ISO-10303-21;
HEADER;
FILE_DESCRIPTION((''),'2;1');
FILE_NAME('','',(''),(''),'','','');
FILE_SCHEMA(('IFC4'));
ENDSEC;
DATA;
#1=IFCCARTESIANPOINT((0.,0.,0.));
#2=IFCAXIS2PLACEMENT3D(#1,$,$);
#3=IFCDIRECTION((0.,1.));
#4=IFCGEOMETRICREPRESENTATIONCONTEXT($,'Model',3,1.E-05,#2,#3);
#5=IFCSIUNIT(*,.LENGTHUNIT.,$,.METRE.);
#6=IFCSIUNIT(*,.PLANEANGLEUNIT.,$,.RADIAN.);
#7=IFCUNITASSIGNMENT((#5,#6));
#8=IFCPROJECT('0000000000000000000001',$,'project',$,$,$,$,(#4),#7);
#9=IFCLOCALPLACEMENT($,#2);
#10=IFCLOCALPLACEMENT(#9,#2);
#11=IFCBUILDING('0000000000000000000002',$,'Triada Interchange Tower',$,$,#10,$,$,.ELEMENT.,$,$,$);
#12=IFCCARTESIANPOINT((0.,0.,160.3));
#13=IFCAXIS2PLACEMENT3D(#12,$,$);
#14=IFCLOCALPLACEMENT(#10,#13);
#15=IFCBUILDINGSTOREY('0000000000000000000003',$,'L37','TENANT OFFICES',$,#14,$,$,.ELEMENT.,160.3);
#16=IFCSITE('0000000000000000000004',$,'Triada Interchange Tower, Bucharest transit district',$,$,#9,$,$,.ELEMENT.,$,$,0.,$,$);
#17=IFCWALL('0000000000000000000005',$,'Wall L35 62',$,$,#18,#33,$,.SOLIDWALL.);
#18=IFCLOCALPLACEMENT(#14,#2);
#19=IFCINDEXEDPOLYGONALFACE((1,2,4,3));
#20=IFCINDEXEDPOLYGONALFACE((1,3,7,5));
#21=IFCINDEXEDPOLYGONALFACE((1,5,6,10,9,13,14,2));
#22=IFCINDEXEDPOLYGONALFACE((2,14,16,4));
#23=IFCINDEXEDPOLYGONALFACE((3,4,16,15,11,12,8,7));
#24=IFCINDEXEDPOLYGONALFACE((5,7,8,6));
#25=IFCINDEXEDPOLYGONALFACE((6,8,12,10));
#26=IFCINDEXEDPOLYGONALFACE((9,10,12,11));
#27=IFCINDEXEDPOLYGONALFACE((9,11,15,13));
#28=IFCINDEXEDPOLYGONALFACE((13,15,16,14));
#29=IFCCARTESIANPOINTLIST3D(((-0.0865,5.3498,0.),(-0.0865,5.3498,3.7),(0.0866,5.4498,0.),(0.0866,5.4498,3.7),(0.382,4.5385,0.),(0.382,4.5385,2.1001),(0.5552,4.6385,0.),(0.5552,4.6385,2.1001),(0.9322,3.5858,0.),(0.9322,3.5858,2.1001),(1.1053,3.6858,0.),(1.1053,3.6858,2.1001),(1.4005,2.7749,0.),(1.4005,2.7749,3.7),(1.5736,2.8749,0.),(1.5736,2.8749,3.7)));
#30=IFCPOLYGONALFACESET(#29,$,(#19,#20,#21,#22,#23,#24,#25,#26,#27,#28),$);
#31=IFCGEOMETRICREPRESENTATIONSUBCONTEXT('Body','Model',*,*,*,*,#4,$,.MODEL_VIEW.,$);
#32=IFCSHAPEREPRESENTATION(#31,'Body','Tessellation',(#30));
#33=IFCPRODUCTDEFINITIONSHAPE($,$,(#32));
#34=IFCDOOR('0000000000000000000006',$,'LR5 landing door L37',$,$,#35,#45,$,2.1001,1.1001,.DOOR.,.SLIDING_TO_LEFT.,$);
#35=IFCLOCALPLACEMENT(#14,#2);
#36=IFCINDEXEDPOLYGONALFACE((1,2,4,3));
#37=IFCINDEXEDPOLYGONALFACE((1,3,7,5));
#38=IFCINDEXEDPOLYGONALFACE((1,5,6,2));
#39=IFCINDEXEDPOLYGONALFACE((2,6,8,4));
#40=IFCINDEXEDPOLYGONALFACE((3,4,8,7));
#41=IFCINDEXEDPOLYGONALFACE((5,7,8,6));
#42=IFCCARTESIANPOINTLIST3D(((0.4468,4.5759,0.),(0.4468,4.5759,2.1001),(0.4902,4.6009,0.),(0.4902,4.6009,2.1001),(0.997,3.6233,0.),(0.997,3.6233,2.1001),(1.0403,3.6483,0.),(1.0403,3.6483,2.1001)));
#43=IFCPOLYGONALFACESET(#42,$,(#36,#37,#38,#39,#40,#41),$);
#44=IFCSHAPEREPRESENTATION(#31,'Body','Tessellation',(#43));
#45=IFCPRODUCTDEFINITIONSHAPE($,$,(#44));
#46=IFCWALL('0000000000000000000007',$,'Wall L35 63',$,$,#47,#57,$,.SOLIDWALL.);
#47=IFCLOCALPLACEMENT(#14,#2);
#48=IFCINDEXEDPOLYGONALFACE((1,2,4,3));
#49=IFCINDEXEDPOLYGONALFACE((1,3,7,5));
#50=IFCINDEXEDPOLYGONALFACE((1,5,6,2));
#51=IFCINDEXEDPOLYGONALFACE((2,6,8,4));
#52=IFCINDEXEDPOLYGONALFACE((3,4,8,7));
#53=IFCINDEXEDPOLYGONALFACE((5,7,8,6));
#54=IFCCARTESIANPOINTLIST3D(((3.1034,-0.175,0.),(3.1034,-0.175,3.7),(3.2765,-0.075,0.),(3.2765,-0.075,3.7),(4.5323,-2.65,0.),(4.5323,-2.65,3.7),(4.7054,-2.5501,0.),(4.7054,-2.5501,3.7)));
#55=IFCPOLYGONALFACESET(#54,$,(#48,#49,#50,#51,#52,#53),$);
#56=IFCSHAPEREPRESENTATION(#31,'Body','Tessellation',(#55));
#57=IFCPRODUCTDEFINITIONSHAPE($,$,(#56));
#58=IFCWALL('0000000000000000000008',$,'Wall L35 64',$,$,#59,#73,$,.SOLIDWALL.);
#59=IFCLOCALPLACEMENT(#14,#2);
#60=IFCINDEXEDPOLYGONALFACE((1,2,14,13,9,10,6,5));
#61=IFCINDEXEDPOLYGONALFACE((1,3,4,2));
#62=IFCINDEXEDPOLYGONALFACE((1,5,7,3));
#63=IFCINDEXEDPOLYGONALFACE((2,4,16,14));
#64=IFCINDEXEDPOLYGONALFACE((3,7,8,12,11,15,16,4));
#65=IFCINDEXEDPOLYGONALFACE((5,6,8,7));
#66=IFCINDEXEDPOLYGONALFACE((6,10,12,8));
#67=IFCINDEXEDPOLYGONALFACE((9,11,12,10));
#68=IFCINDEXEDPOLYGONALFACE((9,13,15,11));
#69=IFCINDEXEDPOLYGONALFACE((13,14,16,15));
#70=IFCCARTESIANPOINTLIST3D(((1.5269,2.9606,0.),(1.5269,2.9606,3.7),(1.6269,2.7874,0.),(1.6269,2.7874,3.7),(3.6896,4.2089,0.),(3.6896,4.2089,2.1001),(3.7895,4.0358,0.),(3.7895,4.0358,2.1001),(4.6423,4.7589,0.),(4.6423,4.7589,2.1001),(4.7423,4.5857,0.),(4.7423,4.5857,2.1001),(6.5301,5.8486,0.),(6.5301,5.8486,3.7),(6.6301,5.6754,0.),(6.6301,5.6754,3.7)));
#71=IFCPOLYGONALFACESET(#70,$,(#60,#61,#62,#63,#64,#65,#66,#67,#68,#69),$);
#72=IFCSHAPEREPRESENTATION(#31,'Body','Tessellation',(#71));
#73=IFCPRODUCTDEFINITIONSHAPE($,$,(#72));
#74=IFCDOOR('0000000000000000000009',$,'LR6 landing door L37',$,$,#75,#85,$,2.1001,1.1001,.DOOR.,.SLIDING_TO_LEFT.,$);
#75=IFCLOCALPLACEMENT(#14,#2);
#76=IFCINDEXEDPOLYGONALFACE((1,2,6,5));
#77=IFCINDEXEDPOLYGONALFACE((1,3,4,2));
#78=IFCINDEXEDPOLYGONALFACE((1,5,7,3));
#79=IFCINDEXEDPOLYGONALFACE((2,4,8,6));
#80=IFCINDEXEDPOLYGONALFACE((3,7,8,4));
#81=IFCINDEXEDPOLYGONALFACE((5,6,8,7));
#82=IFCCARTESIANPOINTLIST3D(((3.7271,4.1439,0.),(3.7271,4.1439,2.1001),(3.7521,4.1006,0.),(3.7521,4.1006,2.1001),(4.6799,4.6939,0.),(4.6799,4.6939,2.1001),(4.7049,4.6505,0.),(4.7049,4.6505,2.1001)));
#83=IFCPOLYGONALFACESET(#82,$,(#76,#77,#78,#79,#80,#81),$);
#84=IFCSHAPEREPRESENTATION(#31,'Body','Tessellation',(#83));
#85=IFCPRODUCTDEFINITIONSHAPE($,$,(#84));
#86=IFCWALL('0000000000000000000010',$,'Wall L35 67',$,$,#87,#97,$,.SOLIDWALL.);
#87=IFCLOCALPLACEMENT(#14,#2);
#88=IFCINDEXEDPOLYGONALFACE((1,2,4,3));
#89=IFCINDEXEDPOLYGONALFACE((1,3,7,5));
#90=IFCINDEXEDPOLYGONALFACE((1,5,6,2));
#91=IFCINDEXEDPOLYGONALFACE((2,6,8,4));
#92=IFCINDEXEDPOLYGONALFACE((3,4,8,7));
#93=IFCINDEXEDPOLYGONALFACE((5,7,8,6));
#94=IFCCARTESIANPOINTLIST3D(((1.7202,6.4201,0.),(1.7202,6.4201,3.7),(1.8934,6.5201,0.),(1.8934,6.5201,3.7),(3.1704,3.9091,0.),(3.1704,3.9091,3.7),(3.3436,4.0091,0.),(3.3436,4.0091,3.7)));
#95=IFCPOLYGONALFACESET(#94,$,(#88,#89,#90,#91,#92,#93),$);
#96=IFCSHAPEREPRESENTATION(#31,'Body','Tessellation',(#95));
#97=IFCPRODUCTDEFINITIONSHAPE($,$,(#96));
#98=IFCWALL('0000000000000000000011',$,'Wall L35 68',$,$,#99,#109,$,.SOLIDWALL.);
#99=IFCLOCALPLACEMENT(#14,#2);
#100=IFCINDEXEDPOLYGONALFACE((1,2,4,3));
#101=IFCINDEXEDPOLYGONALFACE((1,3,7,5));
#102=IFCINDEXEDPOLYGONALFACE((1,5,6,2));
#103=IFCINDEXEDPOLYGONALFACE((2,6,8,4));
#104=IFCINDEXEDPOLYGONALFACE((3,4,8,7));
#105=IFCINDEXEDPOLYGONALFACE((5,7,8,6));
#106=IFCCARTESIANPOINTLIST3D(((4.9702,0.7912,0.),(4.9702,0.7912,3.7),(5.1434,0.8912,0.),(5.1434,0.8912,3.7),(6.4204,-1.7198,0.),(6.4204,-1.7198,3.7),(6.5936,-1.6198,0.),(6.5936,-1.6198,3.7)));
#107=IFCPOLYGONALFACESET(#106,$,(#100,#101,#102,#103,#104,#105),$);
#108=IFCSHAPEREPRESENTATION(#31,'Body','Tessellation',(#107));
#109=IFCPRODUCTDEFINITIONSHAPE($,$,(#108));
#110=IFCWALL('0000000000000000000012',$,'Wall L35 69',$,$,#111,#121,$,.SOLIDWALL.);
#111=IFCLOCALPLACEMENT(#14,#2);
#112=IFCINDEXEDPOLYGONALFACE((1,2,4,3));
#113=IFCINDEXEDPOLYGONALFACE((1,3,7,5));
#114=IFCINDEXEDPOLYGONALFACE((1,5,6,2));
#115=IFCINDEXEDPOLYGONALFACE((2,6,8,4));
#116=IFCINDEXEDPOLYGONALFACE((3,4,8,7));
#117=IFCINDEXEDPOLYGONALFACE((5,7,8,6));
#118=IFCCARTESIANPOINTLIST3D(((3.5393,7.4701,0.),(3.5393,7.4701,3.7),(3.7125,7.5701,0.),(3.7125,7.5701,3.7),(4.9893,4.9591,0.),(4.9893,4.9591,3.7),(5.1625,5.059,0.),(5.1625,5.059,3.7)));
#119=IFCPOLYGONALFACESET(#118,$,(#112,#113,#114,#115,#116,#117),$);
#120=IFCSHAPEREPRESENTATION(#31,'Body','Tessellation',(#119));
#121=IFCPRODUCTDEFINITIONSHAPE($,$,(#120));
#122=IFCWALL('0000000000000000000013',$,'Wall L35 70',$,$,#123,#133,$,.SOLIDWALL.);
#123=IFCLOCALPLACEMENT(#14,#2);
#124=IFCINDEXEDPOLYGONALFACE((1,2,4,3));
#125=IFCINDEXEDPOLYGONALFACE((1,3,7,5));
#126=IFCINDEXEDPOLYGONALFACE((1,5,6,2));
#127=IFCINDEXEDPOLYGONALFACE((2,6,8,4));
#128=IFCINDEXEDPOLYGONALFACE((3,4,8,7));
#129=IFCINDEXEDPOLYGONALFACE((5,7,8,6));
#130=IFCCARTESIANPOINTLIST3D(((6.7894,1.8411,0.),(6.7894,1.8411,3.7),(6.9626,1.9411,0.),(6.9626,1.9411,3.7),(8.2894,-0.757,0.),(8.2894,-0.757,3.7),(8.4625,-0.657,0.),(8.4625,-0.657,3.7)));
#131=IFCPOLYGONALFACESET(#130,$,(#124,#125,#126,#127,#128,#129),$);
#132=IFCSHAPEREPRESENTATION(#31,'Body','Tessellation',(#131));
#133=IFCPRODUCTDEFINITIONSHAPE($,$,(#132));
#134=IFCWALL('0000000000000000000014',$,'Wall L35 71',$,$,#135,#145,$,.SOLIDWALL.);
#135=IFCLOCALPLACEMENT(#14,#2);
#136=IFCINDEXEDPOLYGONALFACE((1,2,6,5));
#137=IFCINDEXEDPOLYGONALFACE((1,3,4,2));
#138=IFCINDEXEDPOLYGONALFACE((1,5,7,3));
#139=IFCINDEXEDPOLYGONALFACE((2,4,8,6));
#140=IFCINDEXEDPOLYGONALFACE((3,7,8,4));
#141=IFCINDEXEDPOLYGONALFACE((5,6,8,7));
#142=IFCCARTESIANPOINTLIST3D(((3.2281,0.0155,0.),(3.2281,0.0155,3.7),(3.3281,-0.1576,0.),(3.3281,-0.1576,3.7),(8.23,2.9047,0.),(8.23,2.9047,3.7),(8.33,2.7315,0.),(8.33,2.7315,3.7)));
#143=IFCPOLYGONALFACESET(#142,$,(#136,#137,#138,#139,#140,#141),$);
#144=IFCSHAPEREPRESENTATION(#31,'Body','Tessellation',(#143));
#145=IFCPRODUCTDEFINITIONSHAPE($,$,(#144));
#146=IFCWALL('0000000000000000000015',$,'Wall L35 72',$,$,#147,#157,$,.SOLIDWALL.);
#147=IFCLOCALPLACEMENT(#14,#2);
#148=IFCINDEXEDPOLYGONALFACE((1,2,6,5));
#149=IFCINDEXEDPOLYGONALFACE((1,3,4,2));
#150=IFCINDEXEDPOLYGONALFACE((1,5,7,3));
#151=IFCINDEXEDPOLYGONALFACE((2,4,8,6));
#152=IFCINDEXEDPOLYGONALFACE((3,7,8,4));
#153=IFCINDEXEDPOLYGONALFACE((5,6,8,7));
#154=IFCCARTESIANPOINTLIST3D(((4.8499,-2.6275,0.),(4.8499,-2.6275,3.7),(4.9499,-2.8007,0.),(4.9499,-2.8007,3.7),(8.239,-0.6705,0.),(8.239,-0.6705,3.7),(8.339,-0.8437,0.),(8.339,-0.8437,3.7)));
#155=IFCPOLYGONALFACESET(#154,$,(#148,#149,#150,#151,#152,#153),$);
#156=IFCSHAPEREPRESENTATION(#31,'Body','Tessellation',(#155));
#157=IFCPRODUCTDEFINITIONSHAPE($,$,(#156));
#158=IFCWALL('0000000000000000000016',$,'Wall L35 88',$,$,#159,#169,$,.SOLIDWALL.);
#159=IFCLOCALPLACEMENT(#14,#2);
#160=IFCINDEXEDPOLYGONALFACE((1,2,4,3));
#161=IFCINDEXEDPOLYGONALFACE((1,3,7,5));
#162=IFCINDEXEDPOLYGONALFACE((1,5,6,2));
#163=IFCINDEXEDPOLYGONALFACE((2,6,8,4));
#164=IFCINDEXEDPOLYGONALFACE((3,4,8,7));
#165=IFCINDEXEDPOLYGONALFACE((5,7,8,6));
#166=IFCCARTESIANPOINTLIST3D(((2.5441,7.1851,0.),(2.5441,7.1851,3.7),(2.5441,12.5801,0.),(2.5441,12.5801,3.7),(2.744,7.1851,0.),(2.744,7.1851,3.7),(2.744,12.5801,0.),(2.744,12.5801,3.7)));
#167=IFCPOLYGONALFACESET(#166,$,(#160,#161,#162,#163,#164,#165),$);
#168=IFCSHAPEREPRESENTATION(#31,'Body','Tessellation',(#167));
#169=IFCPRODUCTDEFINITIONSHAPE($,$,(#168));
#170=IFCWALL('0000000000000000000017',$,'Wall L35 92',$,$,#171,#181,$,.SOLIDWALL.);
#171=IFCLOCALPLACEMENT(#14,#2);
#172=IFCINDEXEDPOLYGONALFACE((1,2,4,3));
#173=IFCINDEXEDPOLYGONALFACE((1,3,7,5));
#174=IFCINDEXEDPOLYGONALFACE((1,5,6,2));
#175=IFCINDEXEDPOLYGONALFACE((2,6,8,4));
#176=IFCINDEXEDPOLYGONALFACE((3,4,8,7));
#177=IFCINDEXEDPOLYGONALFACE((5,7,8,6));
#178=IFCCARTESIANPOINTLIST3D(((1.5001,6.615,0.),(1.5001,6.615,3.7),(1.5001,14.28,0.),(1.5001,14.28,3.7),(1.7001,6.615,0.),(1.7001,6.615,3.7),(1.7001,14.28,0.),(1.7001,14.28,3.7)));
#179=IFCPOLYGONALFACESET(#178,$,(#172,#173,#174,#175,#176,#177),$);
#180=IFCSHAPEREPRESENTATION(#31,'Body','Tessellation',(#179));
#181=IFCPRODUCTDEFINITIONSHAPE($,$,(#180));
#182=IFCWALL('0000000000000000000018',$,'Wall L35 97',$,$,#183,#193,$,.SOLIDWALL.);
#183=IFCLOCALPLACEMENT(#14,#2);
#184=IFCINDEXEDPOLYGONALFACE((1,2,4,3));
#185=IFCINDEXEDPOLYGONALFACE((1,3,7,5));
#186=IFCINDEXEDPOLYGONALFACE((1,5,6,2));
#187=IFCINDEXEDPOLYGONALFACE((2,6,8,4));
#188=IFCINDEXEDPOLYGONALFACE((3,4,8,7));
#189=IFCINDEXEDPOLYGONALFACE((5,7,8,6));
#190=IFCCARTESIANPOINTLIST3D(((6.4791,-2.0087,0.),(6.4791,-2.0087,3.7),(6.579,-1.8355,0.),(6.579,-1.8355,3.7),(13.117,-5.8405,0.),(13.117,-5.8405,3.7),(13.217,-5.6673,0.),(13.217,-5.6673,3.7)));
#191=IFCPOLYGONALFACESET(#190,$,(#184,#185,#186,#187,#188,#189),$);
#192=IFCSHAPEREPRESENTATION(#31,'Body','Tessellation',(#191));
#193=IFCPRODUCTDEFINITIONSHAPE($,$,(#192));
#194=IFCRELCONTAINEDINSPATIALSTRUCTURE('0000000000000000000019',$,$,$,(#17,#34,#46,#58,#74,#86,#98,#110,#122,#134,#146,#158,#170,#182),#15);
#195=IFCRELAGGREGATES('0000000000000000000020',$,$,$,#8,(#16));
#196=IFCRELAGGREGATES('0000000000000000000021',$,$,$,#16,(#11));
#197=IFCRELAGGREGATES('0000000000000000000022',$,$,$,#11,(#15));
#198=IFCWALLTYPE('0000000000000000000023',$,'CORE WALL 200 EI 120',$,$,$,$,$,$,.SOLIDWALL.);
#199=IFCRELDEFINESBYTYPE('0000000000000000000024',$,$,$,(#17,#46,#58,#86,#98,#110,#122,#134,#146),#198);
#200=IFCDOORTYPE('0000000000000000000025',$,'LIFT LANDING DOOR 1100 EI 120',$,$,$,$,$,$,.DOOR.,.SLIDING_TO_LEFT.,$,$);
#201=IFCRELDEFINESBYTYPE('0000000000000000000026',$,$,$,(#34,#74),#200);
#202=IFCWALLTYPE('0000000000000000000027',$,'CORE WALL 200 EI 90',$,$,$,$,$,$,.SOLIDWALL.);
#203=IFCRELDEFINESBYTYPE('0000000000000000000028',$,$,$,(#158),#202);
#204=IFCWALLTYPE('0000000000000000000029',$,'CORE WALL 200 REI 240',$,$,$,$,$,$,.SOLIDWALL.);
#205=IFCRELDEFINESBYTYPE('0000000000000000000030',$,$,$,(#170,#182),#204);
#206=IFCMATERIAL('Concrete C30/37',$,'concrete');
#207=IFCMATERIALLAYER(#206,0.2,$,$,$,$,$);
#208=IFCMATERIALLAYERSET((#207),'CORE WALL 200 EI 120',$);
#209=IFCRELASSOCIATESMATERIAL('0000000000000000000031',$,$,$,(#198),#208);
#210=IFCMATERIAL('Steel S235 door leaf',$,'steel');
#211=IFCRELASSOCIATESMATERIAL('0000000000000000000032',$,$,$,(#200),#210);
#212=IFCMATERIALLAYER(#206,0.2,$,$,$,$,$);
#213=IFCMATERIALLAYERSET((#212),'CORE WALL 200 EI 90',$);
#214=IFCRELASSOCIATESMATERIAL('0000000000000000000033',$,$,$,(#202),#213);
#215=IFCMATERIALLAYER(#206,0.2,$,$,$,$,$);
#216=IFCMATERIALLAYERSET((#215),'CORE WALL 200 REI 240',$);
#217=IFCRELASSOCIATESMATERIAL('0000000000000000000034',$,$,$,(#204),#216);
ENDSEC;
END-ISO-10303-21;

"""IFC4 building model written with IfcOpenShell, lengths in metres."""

from ifc_helpers import new_model, si_unit, direction, frame, frame_2d, origin, place, context, subcontext, project, spatial, rectangle, extrude, material, layer, layer_set, type_object, element, fill, save


model = new_model("IFC4")

# Units and contexts
model_context = context("Model", 3, precision=1e-05, world=origin(), true_north=direction((0.0, 1.0)))
body_context = subcontext(model_context, "Body", "Model", "MODEL_VIEW")
ifc_project = project(units=[si_unit("LENGTHUNIT", "METRE"), si_unit("PLANEANGLEUNIT", "RADIAN")], contexts=[model_context])

# Site, building, storey
site_placement = place(None, origin())
site = spatial("IfcSite", under=ifc_project, at=site_placement, Name="Triada Interchange Tower, Bucharest transit district", CompositionType="ELEMENT", RefElevation=0.0)
building_placement = place(site_placement, origin())
building = spatial("IfcBuilding", under=site, at=building_placement, Name="Triada Interchange Tower", CompositionType="ELEMENT")
storey_placement = place(building_placement, frame((0.0, 0.0, 160.3)))
storey = spatial("IfcBuildingStorey", under=building, at=storey_placement, Name="L37", Description="TENANT OFFICES", CompositionType="ELEMENT", Elevation=160.3)

# Wall, opening, door
ifc_material_1 = material(Name="Concrete C30/37", Category="concrete")
ifc_layer_1 = layer(ifc_material_1, 0.2)
ifc_layer_set_1 = layer_set([ifc_layer_1], Name="CORE WALL 200 EI 120")
wall_type_1 = type_object("IfcWallType", Name="CORE WALL 200 EI 120", PredefinedType="SOLIDWALL", material=ifc_layer_set_1)
ifc_material_2 = material(Name="Steel S235 door leaf", Category="steel")
door_type = type_object("IfcDoorType", Name="LIFT LANDING DOOR 1100 EI 120", OperationType="SLIDING_TO_LEFT", PredefinedType="DOOR", material=ifc_material_2)
wall_1_placement = place(storey_placement, frame((0.0, 5.3999, 0.0), z_axis=(0.0, 0.0, 1.0), x_axis=(0.500104, -0.865965, 0.0)))
wall_1 = element("IfcWall", 1, at=wall_1_placement, inside=storey, type_object=wall_type_1, Name="Wall L35 62", PredefinedType="SOLIDWALL", context=body_context, shape_type="SweptSolid", body=[
    extrude(rectangle(XDim=2.9734, YDim=0.2, at=frame_2d((1.4868, 0.0))), origin(), (0.0, 0.0, 1.0), 3.7),
])
opening_1_placement = place(wall_1_placement, frame((0.937, 0.0, 0.0)))
opening_1 = element("IfcOpeningElement", 2, at=opening_1_placement, cuts=wall_1, PredefinedType="OPENING", context=body_context, shape_type="SweptSolid", body=[
    extrude(rectangle(XDim=1.1001, YDim=2.1001, at=frame_2d((0.55, 1.05))), frame((0.0, 0.1099, 0.0), z_axis=(0.0, -1.0, 0.0), x_axis=(1.0, 0.0, 0.0)), (0.0, 0.0, 1.0), 0.22),
])
door_1_placement = place(opening_1_placement, origin())
door_1 = element("IfcDoor", 3, at=door_1_placement, inside=storey, type_object=door_type, Name="LR5 landing door L37", OperationType="SLIDING_TO_LEFT", OverallHeight=2.1001, OverallWidth=1.1001, PredefinedType="DOOR", context=body_context, shape_type="SweptSolid", body=[
    extrude(rectangle(XDim=1.1001, YDim=2.1001, at=frame_2d((0.55, 1.05))), frame((0.0, 0.0249, 0.0), z_axis=(0.0, -1.0, 0.0), x_axis=(1.0, 0.0, 0.0)), (0.0, 0.0, 1.0), 0.05),
])
fill(opening_1, door_1)

# Wall
wall_2_placement = place(storey_placement, frame((3.1899, -0.125, 0.0), z_axis=(0.0, 0.0, 1.0), x_axis=(0.499989, -0.866032, 0.0)))
element("IfcWall", 4, at=wall_2_placement, inside=storey, type_object=wall_type_1, Name="Wall L35 63", PredefinedType="SOLIDWALL", context=body_context, shape_type="SweptSolid", body=[
    extrude(rectangle(XDim=2.8579, YDim=0.2, at=frame_2d((1.429, 0.0))), origin(), (0.0, 0.0, 1.0), 3.7),
])

# Wall, opening, door
wall_3_placement = place(storey_placement, frame((1.5769, 2.874, 0.0), z_axis=(0.0, 0.0, 1.0), x_axis=(0.866074, 0.499916, 0.0)))
wall_3 = element("IfcWall", 5, at=wall_3_placement, inside=storey, type_object=wall_type_1, Name="Wall L35 64", PredefinedType="SOLIDWALL", context=body_context, shape_type="SweptSolid", body=[
    extrude(rectangle(XDim=5.7769, YDim=0.2, at=frame_2d((2.8884, 0.0))), origin(), (0.0, 0.0, 1.0), 3.7),
])
opening_2_placement = place(wall_3_placement, frame((2.4971, 0.0, 0.0)))
opening_2 = element("IfcOpeningElement", 6, at=opening_2_placement, cuts=wall_3, PredefinedType="OPENING", context=body_context, shape_type="SweptSolid", body=[
    extrude(rectangle(XDim=1.1001, YDim=2.1001, at=frame_2d((0.55, 1.05))), frame((0.0, 0.1099, 0.0), z_axis=(0.0, -1.0, 0.0), x_axis=(1.0, 0.0, 0.0)), (0.0, 0.0, 1.0), 0.22),
])
door_2_placement = place(opening_2_placement, origin())
door_2 = element("IfcDoor", 7, at=door_2_placement, inside=storey, type_object=door_type, Name="LR6 landing door L37", OperationType="SLIDING_TO_LEFT", OverallHeight=2.1001, OverallWidth=1.1001, PredefinedType="DOOR", context=body_context, shape_type="SweptSolid", body=[
    extrude(rectangle(XDim=1.1001, YDim=2.1001, at=frame_2d((0.55, 1.05))), frame((0.0, 0.0249, 0.0), z_axis=(0.0, -1.0, 0.0), x_axis=(1.0, 0.0, 0.0)), (0.0, 0.0, 1.0), 0.05),
])
fill(opening_2, door_2)

# Walls
for number, where, z_axis, x_axis, name in (
    (8, (1.8069, 6.47, 0.0), (0.0, 0.0, 1.0), (0.500123, -0.865954, 0.0), "Wall L35 67"),
    (9, (5.0569, 0.8411, 0.0), (0.0, 0.0, 1.0), (0.500123, -0.865954, 0.0), "Wall L35 68"),
    (10, (3.626, 7.52, 0.0), (0.0, 0.0, 1.0), (0.50006, -0.865991, 0.0), "Wall L35 69"),
):
    element("IfcWall", number, at=place(storey_placement, frame(where, z_axis=z_axis, x_axis=x_axis)), inside=storey, type_object=wall_type_1, Name=name, PredefinedType="SOLIDWALL", context=body_context, shape_type="SweptSolid", body=[
        extrude(rectangle(XDim=2.8997, YDim=0.2, at=frame_2d((1.4497, 0.0))), origin(), (0.0, 0.0, 1.0), 3.7),
    ])
wall_4_placement = place(storey_placement, frame((6.876, 1.8911, 0.0), z_axis=(0.0, 0.0, 1.0), x_axis=(0.49999, -0.866031, 0.0)))
element("IfcWall", 11, at=wall_4_placement, inside=storey, type_object=wall_type_1, Name="Wall L35 70", PredefinedType="SOLIDWALL", context=body_context, shape_type="SweptSolid", body=[
    extrude(rectangle(XDim=3.0, YDim=0.2, at=frame_2d((1.5, 0.0))), origin(), (0.0, 0.0, 1.0), 3.7),
])
wall_5_placement = place(storey_placement, frame((3.2781, -0.071, 0.0), z_axis=(0.0, 0.0, 1.0), x_axis=(0.865929, 0.500166, 0.0)))
element("IfcWall", 12, at=wall_5_placement, inside=storey, type_object=wall_type_1, Name="Wall L35 71", PredefinedType="SOLIDWALL", context=body_context, shape_type="SweptSolid", body=[
    extrude(rectangle(XDim=5.7764, YDim=0.2, at=frame_2d((2.8882, 0.0))), origin(), (0.0, 0.0, 1.0), 3.7),
])
wall_6_placement = place(storey_placement, frame((4.8999, -2.7141, 0.0), z_axis=(0.0, 0.0, 1.0), x_axis=(0.865992, 0.500057, 0.0)))
element("IfcWall", 13, at=wall_6_placement, inside=storey, type_object=wall_type_1, Name="Wall L35 72", PredefinedType="SOLIDWALL", context=body_context, shape_type="SweptSolid", body=[
    extrude(rectangle(XDim=3.9136, YDim=0.2, at=frame_2d((1.9568, 0.0))), origin(), (0.0, 0.0, 1.0), 3.7),
])
ifc_layer_2 = layer(ifc_material_1, 0.2)
ifc_layer_set_2 = layer_set([ifc_layer_2], Name="CORE WALL 200 EI 90")
wall_type_2 = type_object("IfcWallType", Name="CORE WALL 200 EI 90", PredefinedType="SOLIDWALL", material=ifc_layer_set_2)
wall_7_placement = place(storey_placement, frame((2.644, 7.1851, 0.0), z_axis=(0.0, 0.0, 1.0), x_axis=(0.0, 1.0, 0.0)))
element("IfcWall", 14, at=wall_7_placement, inside=storey, type_object=wall_type_2, Name="Wall L35 88", PredefinedType="SOLIDWALL", context=body_context, shape_type="SweptSolid", body=[
    extrude(rectangle(XDim=5.395, YDim=0.2, at=frame_2d((2.6975, 0.0))), origin(), (0.0, 0.0, 1.0), 3.7),
])
ifc_layer_3 = layer(ifc_material_1, 0.2)
ifc_layer_set_3 = layer_set([ifc_layer_3], Name="CORE WALL 200 REI 240")
wall_type_3 = type_object("IfcWallType", Name="CORE WALL 200 REI 240", PredefinedType="SOLIDWALL", material=ifc_layer_set_3)
wall_8_placement = place(storey_placement, frame((1.6001, 6.615, 0.0), z_axis=(0.0, 0.0, 1.0), x_axis=(0.0, 1.0, 0.0)))
element("IfcWall", 15, at=wall_8_placement, inside=storey, type_object=wall_type_3, Name="Wall L35 92", PredefinedType="SOLIDWALL", context=body_context, shape_type="SweptSolid", body=[
    extrude(rectangle(XDim=7.665, YDim=0.2, at=frame_2d((3.8325, 0.0))), origin(), (0.0, 0.0, 1.0), 3.7),
])
wall_9_placement = place(storey_placement, frame((6.5291, -1.9221, 0.0), z_axis=(0.0, 0.0, 1.0), x_axis=(0.866061, -0.499938, 0.0)))
element("IfcWall", 16, at=wall_9_placement, inside=storey, type_object=wall_type_3, Name="Wall L35 97", PredefinedType="SOLIDWALL", context=body_context, shape_type="SweptSolid", body=[
    extrude(rectangle(XDim=7.6646, YDim=0.2, at=frame_2d((3.8323, 0.0))), origin(), (0.0, 0.0, 1.0), 3.7),
])

save(model, "model.ifc")
